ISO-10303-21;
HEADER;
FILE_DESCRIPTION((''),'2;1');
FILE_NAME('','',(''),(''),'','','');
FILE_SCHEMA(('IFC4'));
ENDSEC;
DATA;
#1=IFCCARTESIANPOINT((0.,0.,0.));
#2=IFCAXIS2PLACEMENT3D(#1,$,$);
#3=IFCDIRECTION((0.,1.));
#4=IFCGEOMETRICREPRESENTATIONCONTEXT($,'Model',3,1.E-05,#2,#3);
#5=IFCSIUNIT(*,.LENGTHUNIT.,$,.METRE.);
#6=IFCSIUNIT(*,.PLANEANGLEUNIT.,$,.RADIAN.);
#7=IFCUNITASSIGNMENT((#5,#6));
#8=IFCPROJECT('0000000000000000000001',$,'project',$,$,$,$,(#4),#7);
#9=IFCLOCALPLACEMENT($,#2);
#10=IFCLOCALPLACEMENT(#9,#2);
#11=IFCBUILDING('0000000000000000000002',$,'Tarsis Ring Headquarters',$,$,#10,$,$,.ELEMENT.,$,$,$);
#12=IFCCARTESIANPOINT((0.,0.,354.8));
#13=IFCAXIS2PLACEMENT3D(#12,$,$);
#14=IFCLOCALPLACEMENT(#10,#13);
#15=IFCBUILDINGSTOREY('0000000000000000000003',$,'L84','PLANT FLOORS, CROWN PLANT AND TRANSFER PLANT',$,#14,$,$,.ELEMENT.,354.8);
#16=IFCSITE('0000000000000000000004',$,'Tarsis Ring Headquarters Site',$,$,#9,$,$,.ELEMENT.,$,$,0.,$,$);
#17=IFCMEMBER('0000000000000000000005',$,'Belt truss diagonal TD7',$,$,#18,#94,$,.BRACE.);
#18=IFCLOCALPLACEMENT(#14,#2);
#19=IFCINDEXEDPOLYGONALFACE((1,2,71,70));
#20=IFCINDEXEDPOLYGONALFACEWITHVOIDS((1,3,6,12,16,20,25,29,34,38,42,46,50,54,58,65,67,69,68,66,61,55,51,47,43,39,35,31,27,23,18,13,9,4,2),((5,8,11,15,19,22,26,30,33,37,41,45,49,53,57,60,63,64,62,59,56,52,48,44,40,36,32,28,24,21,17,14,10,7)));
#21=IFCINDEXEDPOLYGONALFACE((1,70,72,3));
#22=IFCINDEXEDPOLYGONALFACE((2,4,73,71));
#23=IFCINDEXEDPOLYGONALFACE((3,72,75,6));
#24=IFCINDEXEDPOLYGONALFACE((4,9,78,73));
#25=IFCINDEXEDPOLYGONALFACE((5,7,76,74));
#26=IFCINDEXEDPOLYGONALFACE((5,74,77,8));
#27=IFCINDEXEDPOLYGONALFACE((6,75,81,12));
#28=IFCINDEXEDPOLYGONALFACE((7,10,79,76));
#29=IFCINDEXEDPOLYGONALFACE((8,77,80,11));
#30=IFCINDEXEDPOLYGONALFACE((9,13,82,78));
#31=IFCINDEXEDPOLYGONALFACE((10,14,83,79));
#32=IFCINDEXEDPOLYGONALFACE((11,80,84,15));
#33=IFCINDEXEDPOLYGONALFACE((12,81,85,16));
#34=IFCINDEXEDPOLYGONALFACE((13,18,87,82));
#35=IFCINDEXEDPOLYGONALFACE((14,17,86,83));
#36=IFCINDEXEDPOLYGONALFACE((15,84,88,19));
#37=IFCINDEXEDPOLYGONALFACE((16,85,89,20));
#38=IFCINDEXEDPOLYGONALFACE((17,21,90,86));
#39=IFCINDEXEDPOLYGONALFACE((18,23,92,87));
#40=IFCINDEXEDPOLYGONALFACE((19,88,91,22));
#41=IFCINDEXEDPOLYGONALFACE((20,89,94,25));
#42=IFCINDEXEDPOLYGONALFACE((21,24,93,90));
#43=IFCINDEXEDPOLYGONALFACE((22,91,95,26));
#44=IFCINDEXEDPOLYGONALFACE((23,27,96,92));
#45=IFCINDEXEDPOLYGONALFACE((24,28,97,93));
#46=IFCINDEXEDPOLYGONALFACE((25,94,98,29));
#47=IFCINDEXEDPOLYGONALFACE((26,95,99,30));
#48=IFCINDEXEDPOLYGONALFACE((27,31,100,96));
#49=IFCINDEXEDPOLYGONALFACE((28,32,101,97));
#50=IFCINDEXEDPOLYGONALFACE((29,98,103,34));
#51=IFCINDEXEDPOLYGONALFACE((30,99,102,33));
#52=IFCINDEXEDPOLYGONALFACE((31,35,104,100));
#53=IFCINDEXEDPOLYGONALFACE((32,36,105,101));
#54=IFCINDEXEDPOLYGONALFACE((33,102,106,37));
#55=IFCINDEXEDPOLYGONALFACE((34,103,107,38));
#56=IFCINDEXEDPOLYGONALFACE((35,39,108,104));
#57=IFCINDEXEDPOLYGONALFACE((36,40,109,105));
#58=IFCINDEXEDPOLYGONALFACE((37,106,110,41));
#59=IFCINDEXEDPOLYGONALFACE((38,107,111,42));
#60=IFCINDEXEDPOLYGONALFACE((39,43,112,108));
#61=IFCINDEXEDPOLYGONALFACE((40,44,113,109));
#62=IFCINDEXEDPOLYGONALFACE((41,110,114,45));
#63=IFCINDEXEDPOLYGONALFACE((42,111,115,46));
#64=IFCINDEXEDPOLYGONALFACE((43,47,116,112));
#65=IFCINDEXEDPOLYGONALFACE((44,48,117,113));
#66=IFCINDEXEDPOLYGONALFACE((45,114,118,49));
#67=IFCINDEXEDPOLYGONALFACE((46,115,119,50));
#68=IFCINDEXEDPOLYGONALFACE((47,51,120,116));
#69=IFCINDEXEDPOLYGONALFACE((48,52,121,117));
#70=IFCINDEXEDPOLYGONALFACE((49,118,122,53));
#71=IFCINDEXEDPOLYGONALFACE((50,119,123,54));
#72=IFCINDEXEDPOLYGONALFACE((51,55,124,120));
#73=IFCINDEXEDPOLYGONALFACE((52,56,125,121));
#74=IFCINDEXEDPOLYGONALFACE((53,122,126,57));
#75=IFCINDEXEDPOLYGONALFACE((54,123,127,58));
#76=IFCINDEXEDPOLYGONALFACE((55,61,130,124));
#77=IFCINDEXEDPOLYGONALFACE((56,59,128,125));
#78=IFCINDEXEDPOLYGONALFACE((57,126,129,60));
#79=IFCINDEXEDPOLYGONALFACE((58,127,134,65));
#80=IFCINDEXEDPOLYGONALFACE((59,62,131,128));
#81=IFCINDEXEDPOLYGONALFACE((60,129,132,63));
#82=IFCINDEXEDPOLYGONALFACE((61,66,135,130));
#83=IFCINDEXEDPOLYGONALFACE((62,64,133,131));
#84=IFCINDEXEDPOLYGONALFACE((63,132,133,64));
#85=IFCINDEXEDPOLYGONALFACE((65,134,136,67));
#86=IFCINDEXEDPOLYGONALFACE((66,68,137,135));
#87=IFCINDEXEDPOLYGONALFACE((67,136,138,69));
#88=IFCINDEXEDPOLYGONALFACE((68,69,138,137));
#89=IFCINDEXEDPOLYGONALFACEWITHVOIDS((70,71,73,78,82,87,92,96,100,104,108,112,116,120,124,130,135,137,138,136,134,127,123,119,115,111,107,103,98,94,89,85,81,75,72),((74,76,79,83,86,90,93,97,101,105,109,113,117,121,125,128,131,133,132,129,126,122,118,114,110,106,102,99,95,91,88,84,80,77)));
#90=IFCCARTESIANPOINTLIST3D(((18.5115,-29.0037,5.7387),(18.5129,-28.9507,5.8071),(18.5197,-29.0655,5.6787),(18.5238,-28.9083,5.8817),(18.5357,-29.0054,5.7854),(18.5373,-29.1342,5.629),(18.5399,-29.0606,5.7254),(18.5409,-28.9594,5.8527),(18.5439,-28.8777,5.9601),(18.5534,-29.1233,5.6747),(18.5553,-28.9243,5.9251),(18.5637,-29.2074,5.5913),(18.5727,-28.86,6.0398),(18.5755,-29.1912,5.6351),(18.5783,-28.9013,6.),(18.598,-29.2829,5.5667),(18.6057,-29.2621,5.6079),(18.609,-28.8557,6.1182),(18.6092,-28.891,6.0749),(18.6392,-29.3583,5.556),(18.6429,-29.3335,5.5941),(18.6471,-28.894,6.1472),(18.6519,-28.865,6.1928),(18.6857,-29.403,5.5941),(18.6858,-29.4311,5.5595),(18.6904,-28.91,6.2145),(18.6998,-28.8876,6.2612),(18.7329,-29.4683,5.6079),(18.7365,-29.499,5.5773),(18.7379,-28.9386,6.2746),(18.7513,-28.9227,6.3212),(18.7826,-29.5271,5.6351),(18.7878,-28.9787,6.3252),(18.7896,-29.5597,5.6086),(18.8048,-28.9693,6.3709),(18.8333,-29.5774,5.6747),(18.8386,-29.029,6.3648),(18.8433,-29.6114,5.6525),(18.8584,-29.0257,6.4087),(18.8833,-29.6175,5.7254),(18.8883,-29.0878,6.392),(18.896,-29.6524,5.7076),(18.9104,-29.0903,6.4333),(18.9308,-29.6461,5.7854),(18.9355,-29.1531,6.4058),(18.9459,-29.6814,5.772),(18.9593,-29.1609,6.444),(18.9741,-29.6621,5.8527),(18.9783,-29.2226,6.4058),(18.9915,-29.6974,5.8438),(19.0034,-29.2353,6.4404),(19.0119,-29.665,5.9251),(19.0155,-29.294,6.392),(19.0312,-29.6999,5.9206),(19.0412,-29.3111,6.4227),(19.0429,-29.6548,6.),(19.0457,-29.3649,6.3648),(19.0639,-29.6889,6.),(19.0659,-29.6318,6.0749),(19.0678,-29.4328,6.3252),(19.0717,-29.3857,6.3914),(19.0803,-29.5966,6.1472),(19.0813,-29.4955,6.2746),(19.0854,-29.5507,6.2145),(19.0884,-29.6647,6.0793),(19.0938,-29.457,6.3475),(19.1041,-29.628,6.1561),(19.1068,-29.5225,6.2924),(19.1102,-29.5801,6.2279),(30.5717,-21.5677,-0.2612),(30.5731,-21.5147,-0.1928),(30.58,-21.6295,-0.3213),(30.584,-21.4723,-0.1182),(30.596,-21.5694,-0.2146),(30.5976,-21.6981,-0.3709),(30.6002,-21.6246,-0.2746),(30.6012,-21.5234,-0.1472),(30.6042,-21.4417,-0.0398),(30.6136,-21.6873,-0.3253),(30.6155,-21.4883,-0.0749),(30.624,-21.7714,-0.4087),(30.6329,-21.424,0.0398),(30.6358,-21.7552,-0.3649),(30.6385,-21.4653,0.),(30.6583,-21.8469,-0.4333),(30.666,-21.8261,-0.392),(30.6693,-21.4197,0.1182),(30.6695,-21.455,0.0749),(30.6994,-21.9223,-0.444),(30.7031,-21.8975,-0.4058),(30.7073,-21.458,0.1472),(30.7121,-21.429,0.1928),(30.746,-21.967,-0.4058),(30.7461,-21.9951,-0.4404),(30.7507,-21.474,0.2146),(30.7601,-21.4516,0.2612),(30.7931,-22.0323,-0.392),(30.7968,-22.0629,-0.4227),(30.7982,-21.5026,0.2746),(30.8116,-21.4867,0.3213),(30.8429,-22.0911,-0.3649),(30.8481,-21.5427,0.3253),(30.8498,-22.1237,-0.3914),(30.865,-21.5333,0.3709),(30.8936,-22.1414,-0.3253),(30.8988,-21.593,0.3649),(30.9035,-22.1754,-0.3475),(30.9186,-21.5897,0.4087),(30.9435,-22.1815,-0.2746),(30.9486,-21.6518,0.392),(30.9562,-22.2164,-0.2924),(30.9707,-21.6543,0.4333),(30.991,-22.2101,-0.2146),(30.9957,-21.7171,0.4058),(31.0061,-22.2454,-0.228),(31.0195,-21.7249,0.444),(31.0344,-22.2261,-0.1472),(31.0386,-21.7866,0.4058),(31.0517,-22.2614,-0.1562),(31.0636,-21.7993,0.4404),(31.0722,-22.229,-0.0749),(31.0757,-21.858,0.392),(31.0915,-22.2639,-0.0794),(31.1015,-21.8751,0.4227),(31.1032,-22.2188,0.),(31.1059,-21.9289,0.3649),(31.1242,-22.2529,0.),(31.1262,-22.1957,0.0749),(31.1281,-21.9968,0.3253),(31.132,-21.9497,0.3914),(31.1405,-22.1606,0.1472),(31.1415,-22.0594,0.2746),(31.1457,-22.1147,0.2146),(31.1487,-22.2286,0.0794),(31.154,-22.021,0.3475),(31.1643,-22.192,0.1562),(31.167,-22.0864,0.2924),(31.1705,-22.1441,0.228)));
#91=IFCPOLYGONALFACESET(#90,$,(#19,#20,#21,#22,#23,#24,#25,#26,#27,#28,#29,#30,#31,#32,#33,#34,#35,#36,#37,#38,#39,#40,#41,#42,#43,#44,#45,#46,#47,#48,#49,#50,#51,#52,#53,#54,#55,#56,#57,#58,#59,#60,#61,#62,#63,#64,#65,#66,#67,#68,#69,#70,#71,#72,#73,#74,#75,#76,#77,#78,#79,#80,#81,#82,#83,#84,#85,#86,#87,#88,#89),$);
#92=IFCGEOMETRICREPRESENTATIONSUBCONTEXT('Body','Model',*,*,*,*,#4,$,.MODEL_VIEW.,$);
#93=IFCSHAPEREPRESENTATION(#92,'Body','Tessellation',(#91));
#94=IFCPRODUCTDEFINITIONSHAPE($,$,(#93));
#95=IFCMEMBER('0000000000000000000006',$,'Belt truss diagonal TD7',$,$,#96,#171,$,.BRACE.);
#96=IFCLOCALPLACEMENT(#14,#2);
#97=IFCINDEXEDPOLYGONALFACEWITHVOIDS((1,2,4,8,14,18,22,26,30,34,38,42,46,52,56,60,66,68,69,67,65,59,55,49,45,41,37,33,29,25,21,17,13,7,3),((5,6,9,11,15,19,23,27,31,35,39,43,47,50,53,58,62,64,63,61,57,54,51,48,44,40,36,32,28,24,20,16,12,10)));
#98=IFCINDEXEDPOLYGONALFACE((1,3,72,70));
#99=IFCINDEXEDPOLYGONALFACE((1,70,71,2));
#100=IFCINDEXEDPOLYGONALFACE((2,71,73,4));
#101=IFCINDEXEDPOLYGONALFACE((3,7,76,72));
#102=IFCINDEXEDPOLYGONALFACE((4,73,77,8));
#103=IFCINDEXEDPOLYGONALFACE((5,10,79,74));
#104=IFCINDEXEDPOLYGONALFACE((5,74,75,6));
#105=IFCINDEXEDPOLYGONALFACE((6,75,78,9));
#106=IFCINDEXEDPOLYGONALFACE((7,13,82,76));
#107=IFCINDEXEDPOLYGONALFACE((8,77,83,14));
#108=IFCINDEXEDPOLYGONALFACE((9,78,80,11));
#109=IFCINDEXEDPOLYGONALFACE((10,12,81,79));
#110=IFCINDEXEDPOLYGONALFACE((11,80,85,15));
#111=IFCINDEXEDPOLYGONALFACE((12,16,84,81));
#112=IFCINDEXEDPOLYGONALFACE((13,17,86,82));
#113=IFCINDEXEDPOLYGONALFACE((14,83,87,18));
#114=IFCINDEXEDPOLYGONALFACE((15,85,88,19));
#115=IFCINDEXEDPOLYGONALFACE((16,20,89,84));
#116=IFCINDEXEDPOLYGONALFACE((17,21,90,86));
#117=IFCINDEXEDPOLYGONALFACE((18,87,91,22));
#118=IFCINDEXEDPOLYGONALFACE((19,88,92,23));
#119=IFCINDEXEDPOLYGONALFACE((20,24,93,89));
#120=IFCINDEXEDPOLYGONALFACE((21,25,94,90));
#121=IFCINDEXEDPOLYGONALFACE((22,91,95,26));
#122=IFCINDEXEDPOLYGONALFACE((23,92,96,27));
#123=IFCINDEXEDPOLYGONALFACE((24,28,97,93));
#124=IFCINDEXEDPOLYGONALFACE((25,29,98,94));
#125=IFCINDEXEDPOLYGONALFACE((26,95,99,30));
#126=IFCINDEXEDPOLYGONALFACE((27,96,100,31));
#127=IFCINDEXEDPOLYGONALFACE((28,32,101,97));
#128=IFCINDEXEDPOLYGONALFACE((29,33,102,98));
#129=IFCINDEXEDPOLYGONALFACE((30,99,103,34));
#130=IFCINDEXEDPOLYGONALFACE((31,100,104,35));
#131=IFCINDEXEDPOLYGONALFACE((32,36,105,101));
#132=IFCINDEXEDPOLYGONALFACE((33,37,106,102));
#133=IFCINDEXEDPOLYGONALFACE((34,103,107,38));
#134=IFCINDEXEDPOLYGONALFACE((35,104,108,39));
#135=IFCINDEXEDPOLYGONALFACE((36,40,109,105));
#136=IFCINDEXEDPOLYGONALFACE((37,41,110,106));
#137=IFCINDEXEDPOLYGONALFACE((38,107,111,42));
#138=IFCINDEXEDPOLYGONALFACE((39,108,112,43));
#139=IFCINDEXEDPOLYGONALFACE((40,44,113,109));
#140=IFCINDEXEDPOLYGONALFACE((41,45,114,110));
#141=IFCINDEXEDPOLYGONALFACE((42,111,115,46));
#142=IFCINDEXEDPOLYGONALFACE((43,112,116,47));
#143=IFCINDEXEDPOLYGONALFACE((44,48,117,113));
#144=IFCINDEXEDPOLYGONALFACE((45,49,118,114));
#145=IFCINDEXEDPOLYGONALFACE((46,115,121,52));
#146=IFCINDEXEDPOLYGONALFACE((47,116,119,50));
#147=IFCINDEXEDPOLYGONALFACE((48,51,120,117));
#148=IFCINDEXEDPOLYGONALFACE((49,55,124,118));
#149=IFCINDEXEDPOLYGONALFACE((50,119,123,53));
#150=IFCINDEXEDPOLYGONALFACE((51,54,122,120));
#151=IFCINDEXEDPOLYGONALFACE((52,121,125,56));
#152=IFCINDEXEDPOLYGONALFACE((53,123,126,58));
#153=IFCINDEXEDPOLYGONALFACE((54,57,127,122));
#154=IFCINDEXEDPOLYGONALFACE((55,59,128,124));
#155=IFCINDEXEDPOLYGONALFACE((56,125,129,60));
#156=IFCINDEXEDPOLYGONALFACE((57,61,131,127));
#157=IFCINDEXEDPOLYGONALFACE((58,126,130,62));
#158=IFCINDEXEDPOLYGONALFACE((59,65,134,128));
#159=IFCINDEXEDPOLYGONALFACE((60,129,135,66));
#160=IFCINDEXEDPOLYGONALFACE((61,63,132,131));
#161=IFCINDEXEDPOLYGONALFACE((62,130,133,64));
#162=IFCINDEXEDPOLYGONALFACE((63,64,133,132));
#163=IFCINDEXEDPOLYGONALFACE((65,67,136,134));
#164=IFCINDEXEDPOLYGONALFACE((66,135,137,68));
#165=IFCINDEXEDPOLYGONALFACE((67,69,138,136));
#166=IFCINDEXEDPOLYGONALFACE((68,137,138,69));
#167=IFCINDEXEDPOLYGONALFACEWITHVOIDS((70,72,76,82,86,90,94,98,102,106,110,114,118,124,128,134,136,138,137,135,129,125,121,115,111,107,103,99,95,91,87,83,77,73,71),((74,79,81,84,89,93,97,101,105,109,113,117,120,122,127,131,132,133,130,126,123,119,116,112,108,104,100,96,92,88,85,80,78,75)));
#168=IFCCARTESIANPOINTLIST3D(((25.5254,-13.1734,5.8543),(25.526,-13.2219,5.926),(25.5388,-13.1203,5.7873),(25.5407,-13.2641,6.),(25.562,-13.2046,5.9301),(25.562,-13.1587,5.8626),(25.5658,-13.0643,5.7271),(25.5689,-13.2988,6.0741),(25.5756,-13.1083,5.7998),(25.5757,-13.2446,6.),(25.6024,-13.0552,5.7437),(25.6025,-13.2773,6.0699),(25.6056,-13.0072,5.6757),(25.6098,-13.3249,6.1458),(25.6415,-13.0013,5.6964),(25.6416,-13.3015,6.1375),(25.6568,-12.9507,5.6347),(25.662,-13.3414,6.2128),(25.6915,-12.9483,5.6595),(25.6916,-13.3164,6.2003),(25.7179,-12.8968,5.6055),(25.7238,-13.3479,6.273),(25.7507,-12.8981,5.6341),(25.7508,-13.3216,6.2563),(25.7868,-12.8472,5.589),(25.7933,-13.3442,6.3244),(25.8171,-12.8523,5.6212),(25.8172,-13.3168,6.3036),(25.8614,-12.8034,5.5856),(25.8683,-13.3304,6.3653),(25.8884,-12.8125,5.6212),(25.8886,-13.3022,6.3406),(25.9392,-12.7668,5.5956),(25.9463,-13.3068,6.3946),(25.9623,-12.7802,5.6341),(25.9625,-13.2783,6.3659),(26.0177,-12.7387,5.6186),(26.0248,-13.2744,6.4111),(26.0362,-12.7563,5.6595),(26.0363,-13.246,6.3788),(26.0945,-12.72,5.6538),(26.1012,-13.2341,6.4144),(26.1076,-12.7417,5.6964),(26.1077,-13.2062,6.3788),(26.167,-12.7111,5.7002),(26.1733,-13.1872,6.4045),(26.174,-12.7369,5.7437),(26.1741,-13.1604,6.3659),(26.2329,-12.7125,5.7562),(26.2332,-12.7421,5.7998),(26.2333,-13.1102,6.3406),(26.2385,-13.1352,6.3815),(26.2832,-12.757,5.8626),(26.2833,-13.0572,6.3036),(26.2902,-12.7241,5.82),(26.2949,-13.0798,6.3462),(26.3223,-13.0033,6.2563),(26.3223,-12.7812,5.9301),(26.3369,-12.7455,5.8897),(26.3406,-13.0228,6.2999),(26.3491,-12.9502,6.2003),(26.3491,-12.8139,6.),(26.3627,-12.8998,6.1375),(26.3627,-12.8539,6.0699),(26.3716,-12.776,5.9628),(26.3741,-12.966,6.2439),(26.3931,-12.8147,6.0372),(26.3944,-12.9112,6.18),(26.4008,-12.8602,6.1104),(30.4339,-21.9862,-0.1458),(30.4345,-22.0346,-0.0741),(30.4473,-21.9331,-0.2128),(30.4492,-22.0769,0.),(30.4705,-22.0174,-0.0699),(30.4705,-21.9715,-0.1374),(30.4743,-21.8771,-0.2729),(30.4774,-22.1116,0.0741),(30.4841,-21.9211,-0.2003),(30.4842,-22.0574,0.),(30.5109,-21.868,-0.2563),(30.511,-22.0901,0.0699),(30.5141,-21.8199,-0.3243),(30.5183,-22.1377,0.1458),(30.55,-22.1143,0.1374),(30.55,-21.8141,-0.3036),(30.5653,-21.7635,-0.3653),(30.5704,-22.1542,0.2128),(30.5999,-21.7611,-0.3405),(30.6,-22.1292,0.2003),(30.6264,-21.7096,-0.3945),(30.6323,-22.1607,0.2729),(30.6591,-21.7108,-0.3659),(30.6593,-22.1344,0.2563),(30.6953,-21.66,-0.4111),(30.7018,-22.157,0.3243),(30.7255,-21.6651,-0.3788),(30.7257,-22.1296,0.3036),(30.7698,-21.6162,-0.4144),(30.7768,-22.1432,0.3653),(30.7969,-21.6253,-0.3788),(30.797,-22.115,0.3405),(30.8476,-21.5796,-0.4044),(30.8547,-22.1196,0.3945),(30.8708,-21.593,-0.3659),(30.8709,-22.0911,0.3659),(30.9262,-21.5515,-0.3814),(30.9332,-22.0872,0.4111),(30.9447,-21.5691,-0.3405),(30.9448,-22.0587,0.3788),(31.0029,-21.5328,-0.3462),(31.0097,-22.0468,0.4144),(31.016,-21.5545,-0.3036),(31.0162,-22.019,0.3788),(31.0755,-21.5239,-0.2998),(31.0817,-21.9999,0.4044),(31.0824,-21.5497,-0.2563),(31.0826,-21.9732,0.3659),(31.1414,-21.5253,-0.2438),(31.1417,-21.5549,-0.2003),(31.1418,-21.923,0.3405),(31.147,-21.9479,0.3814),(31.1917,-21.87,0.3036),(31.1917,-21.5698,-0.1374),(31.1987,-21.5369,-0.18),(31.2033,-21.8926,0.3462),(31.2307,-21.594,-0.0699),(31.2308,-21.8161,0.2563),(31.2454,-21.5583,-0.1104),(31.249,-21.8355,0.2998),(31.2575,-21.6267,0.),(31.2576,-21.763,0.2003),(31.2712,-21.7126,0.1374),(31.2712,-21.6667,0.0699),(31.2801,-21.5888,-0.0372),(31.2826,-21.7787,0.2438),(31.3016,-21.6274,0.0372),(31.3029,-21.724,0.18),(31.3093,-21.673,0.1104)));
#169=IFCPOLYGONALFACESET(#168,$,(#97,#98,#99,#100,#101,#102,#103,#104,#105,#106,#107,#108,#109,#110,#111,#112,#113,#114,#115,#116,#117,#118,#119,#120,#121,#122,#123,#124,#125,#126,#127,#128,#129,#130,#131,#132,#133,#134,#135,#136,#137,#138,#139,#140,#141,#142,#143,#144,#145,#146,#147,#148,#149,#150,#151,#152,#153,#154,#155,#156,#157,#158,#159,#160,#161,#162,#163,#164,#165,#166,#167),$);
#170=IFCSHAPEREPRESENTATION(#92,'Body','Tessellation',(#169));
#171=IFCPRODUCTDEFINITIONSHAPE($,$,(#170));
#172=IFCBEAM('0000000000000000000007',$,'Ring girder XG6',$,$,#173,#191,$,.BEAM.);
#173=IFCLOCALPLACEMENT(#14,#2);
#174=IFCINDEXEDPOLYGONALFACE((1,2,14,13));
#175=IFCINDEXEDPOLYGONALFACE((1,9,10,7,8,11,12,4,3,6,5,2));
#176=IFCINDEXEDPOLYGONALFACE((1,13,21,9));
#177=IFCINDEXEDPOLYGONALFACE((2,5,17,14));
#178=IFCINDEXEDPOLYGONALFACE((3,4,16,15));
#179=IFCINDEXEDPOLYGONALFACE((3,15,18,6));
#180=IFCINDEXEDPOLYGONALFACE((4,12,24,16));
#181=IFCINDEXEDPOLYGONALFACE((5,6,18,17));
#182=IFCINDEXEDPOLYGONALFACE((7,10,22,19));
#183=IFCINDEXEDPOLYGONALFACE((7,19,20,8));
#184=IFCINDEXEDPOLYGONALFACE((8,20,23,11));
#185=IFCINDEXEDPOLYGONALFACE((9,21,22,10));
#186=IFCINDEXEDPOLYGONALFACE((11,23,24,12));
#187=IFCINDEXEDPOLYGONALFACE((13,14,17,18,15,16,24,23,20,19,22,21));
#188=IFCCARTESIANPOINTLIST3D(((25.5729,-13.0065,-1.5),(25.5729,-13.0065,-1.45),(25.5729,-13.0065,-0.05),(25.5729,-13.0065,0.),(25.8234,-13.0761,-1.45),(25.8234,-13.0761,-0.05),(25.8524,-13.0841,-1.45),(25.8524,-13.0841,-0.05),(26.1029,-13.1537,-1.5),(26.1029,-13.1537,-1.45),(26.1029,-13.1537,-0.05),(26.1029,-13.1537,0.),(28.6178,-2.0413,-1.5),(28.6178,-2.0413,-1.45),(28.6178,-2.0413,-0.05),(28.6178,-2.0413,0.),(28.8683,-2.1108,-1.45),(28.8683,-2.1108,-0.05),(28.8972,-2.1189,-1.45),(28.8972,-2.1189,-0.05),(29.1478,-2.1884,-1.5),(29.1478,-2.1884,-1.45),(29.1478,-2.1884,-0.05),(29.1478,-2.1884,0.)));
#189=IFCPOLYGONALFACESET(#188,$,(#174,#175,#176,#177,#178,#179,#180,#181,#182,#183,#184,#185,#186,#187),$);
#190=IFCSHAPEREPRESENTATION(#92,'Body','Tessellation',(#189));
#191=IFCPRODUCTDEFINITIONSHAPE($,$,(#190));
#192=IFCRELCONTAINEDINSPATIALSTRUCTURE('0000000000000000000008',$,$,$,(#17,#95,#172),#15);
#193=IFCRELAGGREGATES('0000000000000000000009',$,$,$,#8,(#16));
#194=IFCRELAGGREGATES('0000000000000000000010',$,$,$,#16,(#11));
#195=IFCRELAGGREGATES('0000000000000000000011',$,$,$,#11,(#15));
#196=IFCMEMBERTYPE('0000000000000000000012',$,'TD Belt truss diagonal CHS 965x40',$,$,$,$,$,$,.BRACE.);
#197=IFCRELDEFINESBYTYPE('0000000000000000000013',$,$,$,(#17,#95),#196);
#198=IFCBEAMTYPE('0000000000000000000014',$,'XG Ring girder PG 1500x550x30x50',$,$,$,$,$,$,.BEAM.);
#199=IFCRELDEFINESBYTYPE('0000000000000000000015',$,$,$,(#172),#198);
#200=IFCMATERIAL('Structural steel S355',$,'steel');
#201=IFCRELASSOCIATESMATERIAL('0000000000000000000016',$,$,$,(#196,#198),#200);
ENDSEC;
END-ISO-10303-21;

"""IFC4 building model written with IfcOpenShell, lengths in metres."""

from ifc_helpers import new_model, si_unit, direction, frame, origin, origin_2d, place, context, subcontext, project, spatial, hollow_circle, i_section, extrude, material, material_profile, profile_set, type_object, element, save


model = new_model("IFC4")

# Units and contexts
model_context = context("Model", 3, precision=1e-05, world=origin(), true_north=direction((0.0, 1.0)))
body_context = subcontext(model_context, "Body", "Model", "MODEL_VIEW")
ifc_project = project(units=[si_unit("LENGTHUNIT", "METRE"), si_unit("PLANEANGLEUNIT", "RADIAN")], contexts=[model_context])

# Site, building, storey
site_placement = place(None, origin())
site = spatial("IfcSite", under=ifc_project, at=site_placement, Name="Tarsis Ring Headquarters Site", CompositionType="ELEMENT", RefElevation=0.0)
building_placement = place(site_placement, origin())
building = spatial("IfcBuilding", under=site, at=building_placement, Name="Tarsis Ring Headquarters", CompositionType="ELEMENT")
storey_placement = place(building_placement, frame((0.0, 0.0, 354.8)))
storey = spatial("IfcBuildingStorey", under=building, at=storey_placement, Name="L84", Description="PLANT FLOORS, CROWN PLANT AND TRANSFER PLANT", CompositionType="ELEMENT", Elevation=354.8)

# Shared definitions
ifc_material_1 = material(Name="Structural steel S355", Category="steel")
ifc_material_profile_1 = material_profile(ifc_material_1, hollow_circle(Radius=0.4827, WallThickness=0.04, at=origin_2d()), Name="CHS 965x40")
ifc_profile_set_1 = profile_set([ifc_material_profile_1], Name="Structural steel S355")

# Members
member_type_1 = type_object("IfcMemberType", Name="TD Belt truss diagonal CHS 965x40", PredefinedType="BRACE", material=ifc_profile_set_1)
member_1_placement = place(storey_placement, frame((30.8708, -21.842, 0.0), z_axis=(-0.783822, -0.483282, 0.389951), x_axis=(0.52483, -0.851207, 0.0)))
element("IfcMember", 1, at=member_1_placement, inside=storey, type_object=member_type_1, Name="Belt truss diagonal TD7", PredefinedType="BRACE", context=body_context, shape_type="SweptSolid", body=[
    extrude(hollow_circle(Radius=0.4827, WallThickness=0.04, at=origin_2d()), origin(), (0.0, 0.0, 1.0), 15.3865),
])
member_2_placement = place(storey_placement, frame((30.8708, -21.842, 0.0), z_axis=(-0.418203, 0.750851, 0.511204), x_axis=(-0.873632, -0.486588, 0.0)))
element("IfcMember", 2, at=member_2_placement, inside=storey, type_object=member_type_1, Name="Belt truss diagonal TD7", PredefinedType="BRACE", context=body_context, shape_type="SweptSolid", body=[
    extrude(hollow_circle(Radius=0.4827, WallThickness=0.04, at=origin_2d()), origin(), (0.0, 0.0, 1.0), 11.7371),
])

# Beam
ifc_material_profile_2 = material_profile(ifc_material_1, i_section(OverallWidth=0.55, OverallDepth=1.5, WebThickness=0.03, FlangeThickness=0.05, at=origin_2d()), Name="PG 1500x550x30x50")
ifc_profile_set_2 = profile_set([ifc_material_profile_2], Name="Structural steel S355")
beam_type_1 = type_object("IfcBeamType", Name="XG Ring girder PG 1500x550x30x50", PredefinedType="BEAM", material=ifc_profile_set_2)
beam_1_placement = place(storey_placement, frame((25.8379, -13.0801, -0.75), z_axis=(0.267562, 0.963541, 0.0), x_axis=(-0.963541, 0.267562, 0.0)))
element("IfcBeam", 3, at=beam_1_placement, inside=storey, type_object=beam_type_1, Name="Ring girder XG6", PredefinedType="BEAM", context=body_context, shape_type="SweptSolid", body=[
    extrude(i_section(OverallWidth=0.55, OverallDepth=1.5, WebThickness=0.03, FlangeThickness=0.05, at=origin_2d()), origin(), (0.0, 0.0, 1.0), 11.3801),
])

save(model, "model.ifc")
